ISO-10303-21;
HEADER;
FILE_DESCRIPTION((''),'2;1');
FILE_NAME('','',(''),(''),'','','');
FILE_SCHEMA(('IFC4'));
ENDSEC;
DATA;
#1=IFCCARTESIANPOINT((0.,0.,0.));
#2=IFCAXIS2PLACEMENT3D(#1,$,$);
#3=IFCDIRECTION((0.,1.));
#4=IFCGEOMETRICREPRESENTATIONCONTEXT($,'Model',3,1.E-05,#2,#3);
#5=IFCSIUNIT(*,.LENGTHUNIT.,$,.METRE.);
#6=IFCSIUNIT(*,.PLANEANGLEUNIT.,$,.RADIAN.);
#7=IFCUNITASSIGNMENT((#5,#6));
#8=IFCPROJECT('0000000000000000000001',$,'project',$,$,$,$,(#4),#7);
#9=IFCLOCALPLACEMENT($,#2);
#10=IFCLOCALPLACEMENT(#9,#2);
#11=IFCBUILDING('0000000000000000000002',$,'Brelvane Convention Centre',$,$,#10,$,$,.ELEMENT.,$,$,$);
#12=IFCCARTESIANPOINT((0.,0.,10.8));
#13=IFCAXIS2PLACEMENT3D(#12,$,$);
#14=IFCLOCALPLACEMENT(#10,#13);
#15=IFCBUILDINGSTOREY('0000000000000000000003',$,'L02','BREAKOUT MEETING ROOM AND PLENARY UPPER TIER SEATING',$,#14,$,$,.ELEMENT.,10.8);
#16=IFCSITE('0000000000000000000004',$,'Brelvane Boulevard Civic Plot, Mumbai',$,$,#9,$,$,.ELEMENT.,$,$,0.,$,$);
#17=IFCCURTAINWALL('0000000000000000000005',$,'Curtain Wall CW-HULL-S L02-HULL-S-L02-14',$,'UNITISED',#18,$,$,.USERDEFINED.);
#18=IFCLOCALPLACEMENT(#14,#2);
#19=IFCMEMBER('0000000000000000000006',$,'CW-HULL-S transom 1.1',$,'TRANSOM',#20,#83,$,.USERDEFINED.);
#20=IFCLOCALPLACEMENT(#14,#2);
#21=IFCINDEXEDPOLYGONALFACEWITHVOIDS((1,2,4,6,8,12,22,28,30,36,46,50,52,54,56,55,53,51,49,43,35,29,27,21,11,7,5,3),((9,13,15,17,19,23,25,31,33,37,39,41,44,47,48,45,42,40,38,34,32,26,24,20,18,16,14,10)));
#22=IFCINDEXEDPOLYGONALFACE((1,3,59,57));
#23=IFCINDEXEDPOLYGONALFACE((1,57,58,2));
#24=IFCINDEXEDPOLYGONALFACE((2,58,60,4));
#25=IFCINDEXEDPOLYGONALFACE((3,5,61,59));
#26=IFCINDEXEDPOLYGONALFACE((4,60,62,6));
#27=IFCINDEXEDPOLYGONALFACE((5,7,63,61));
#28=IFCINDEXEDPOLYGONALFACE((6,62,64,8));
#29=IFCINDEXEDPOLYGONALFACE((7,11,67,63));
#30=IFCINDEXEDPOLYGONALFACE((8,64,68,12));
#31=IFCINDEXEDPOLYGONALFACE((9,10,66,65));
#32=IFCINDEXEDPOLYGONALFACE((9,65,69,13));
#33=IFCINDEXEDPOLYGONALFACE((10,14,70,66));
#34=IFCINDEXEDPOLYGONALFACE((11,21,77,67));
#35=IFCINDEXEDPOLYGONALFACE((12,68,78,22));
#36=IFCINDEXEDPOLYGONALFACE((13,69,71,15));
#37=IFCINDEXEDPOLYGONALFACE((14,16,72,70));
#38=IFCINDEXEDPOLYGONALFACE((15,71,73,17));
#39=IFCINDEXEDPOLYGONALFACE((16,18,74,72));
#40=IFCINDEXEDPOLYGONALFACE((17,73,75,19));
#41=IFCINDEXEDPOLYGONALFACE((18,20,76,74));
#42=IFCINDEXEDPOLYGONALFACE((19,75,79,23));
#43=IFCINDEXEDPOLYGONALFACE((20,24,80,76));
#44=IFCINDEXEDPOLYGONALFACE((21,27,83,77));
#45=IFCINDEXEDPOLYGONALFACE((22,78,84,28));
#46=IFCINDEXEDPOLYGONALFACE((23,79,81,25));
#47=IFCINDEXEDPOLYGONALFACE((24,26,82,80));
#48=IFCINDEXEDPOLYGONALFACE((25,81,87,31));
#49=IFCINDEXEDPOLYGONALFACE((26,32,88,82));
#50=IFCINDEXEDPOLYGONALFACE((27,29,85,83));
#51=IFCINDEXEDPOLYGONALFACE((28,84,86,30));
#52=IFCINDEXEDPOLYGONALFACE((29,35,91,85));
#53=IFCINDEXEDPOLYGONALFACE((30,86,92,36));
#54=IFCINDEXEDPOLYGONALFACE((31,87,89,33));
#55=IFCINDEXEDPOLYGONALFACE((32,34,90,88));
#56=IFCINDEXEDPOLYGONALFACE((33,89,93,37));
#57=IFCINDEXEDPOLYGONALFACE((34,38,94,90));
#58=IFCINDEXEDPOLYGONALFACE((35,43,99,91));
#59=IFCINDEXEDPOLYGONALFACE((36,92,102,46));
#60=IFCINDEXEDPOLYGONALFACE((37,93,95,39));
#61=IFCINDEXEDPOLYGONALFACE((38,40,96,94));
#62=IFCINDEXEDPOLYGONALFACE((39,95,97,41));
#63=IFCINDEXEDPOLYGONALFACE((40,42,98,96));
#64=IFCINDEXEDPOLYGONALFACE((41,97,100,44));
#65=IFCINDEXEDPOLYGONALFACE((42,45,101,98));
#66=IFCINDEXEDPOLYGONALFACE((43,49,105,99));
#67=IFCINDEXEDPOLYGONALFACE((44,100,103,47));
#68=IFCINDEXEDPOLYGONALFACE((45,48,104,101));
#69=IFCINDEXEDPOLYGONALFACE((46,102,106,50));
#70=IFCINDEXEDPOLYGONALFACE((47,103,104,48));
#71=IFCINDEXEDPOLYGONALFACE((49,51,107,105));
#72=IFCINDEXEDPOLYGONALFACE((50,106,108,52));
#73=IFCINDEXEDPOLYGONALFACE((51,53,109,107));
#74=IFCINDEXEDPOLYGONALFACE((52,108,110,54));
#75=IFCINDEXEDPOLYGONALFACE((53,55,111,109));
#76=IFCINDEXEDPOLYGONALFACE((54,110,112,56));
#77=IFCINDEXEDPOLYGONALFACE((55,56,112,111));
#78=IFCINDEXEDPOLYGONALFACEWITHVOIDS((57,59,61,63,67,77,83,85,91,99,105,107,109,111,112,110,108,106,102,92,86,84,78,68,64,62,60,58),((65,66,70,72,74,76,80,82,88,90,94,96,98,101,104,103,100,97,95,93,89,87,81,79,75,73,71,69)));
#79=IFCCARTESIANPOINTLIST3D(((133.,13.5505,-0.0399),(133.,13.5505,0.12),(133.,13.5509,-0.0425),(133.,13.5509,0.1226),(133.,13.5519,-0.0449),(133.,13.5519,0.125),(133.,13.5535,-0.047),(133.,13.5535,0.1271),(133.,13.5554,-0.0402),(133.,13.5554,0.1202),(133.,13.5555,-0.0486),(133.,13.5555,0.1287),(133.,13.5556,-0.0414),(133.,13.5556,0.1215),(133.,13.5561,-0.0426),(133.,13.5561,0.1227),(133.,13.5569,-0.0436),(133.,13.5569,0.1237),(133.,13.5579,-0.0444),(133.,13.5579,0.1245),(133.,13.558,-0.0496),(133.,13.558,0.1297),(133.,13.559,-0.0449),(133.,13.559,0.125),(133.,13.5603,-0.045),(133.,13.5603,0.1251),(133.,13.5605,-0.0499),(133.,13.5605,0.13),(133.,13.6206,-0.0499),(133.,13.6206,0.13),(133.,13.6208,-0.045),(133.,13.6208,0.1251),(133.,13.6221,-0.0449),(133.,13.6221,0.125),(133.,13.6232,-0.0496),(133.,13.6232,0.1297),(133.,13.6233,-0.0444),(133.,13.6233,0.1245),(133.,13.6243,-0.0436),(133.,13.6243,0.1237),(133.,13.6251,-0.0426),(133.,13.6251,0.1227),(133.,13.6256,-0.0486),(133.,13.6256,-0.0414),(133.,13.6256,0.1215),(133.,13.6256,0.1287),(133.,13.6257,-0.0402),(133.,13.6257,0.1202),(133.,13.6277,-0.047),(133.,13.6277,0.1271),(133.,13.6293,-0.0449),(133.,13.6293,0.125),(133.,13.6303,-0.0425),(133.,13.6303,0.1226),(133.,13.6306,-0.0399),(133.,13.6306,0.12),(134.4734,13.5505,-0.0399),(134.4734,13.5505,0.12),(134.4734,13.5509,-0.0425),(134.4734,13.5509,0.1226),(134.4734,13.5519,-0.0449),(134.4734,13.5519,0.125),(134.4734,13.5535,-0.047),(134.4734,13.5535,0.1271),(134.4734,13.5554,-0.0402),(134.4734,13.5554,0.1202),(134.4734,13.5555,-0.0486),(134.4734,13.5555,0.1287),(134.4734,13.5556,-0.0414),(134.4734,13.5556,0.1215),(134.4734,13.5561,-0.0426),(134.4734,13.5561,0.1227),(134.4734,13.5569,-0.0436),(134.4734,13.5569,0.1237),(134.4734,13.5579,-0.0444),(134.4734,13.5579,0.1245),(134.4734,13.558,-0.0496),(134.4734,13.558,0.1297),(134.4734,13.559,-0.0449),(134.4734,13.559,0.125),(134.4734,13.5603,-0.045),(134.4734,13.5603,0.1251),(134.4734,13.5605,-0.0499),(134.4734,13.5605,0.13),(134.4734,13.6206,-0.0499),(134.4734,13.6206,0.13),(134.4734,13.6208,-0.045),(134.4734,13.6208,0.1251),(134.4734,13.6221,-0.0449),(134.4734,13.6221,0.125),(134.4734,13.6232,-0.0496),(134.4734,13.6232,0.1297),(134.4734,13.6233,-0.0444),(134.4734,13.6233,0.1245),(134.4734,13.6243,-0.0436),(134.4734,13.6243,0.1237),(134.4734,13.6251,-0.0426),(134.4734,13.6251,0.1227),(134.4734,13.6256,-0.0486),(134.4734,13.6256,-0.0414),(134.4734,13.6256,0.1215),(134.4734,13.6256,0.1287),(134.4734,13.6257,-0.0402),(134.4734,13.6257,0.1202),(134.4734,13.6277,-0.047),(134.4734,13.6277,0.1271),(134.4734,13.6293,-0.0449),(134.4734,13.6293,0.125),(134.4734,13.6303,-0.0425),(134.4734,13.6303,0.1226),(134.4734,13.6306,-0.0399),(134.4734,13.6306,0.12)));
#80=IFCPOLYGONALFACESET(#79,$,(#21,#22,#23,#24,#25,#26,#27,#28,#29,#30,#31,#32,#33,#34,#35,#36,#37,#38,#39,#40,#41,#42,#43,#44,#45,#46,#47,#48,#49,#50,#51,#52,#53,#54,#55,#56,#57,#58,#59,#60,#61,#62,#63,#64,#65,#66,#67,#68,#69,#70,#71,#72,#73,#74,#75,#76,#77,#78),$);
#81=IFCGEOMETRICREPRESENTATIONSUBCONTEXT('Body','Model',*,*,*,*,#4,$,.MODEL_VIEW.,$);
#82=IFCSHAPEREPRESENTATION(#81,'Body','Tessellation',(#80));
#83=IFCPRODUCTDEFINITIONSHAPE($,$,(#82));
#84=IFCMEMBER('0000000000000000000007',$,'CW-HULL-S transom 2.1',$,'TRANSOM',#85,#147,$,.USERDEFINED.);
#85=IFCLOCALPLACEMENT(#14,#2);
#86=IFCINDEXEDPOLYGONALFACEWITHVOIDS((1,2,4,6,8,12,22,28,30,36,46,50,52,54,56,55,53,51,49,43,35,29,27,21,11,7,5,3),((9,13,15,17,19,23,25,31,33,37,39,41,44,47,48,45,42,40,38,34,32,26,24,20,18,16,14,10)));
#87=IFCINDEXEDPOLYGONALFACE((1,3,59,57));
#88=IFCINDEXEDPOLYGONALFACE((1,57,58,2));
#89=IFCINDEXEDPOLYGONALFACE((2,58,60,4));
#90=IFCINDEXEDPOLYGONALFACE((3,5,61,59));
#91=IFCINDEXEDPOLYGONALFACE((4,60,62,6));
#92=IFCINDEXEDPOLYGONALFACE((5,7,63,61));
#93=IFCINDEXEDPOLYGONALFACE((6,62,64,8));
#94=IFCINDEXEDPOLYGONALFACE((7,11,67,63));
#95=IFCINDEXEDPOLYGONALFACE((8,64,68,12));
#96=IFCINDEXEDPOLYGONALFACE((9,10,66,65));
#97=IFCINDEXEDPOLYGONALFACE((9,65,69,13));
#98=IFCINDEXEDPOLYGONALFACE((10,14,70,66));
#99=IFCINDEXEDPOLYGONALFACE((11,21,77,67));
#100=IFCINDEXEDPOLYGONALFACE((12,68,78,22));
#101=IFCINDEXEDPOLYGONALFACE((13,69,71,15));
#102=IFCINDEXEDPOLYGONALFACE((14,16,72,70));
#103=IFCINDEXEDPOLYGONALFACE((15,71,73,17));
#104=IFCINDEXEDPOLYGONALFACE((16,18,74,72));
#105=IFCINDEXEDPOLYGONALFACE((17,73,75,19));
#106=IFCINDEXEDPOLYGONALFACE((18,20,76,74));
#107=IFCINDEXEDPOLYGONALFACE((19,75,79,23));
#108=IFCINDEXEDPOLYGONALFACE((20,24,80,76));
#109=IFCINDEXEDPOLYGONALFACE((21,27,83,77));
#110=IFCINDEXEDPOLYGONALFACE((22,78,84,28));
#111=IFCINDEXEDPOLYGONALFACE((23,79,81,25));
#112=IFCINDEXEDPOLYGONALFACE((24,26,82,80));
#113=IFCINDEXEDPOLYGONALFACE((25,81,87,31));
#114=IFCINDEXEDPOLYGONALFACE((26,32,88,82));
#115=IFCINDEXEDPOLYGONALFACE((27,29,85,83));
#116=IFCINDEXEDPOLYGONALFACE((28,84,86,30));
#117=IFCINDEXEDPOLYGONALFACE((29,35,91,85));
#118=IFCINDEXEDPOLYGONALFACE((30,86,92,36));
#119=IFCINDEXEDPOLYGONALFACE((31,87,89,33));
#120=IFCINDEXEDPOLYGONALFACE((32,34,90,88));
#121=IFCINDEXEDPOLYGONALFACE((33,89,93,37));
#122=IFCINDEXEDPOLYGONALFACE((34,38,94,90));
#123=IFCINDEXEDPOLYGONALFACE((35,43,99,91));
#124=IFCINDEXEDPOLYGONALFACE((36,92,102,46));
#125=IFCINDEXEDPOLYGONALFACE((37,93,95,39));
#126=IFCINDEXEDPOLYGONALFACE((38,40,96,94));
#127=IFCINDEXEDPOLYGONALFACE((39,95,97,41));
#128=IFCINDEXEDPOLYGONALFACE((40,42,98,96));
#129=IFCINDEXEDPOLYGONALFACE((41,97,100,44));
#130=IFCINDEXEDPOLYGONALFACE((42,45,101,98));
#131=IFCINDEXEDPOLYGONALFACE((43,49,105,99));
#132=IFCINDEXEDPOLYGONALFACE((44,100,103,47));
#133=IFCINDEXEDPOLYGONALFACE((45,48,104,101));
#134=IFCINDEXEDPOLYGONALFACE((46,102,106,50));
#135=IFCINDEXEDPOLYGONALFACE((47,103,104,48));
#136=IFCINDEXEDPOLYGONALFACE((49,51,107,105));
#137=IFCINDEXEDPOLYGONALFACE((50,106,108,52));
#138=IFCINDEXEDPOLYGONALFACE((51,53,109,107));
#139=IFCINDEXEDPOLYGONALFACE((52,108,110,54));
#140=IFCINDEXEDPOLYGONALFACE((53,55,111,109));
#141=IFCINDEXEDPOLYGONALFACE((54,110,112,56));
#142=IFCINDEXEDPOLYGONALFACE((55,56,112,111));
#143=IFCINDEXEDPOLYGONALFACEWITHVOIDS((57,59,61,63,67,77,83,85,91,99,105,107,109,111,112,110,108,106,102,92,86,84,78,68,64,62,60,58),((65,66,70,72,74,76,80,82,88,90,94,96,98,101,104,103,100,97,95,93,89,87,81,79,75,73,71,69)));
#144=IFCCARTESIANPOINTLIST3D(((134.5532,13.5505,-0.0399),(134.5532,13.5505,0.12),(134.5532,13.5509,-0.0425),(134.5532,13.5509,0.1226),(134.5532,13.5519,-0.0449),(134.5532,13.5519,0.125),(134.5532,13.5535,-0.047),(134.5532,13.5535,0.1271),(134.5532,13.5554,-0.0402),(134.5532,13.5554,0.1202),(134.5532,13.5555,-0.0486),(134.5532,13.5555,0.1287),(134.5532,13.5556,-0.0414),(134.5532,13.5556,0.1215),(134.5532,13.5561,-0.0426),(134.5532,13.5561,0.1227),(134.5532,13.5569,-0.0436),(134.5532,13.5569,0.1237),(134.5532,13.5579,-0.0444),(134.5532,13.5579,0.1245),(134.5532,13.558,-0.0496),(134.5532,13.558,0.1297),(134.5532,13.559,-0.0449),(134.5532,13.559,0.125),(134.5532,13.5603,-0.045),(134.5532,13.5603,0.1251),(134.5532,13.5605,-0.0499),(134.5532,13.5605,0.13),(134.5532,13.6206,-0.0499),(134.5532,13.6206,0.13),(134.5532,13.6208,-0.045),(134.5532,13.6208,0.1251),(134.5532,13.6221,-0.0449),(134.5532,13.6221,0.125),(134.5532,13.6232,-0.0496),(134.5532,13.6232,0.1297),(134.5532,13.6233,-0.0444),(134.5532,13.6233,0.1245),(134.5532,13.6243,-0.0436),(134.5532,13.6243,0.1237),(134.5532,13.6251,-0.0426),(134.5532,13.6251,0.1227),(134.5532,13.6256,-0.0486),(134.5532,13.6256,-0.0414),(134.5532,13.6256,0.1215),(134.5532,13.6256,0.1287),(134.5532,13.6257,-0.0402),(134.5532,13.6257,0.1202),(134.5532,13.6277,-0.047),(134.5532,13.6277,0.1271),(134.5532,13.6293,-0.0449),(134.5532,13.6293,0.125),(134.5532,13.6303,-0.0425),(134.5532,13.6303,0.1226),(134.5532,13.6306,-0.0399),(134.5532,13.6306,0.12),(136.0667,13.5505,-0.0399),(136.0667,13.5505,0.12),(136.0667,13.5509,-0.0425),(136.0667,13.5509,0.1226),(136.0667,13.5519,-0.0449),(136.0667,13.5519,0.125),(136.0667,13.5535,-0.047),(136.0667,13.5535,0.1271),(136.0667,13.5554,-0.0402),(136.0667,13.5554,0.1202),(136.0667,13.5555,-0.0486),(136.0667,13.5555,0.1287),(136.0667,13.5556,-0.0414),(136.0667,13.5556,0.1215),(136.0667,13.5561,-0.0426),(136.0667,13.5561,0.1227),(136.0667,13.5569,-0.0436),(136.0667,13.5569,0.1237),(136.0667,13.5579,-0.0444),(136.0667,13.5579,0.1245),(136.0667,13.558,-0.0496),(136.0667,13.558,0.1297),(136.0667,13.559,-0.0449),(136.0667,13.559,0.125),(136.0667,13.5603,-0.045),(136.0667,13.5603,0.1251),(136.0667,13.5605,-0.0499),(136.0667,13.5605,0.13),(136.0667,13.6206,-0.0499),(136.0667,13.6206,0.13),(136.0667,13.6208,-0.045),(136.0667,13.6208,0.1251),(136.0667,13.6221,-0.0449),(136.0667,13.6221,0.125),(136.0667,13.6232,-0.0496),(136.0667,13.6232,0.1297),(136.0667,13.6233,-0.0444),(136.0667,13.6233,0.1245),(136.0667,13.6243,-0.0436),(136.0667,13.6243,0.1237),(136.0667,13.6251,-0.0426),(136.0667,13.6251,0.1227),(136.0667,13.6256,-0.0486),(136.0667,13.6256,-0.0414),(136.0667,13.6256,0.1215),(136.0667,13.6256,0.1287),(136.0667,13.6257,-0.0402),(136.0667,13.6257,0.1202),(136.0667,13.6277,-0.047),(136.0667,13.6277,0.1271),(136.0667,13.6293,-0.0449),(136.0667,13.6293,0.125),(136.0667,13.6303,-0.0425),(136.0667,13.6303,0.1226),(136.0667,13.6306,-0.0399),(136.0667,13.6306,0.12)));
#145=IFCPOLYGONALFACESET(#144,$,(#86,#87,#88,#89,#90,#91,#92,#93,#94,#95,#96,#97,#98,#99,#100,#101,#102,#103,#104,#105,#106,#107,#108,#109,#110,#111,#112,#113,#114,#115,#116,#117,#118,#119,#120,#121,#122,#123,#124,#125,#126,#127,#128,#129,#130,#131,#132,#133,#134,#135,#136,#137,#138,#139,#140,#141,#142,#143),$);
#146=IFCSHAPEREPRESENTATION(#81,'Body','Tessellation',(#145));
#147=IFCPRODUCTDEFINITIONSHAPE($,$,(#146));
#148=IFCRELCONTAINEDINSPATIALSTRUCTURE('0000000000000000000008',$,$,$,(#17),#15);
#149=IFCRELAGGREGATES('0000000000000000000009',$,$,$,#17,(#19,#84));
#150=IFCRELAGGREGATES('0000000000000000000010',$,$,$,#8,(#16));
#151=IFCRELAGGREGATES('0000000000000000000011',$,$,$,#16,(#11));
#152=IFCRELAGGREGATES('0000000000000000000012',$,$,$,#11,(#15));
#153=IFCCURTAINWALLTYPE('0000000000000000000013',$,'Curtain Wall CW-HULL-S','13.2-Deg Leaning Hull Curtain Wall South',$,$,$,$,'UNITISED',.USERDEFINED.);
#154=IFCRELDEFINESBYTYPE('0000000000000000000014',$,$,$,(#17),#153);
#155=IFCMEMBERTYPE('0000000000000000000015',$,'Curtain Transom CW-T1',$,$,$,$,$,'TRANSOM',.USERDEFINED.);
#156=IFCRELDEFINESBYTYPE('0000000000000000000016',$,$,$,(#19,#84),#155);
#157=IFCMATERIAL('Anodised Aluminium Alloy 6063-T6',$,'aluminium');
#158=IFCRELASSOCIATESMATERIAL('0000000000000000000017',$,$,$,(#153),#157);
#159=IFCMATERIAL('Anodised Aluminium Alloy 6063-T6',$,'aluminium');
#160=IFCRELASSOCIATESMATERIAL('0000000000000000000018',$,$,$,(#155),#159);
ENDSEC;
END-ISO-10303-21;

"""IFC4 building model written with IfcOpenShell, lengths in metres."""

from ifc_helpers import new_model, si_unit, direction, frame, origin, origin_2d, place, context, subcontext, project, spatial, hollow_rectangle, extrude, material, material_profile, profile_set, type_object, element, aggregate, save


model = new_model("IFC4")

# Units and contexts
model_context = context("Model", 3, precision=1e-05, world=origin(), true_north=direction((0.0, 1.0)))
body_context = subcontext(model_context, "Body", "Model", "MODEL_VIEW")
ifc_project = project(units=[si_unit("LENGTHUNIT", "METRE"), si_unit("PLANEANGLEUNIT", "RADIAN")], contexts=[model_context])

# Site, building, storey
site_placement = place(None, origin())
site = spatial("IfcSite", under=ifc_project, at=site_placement, Name="Brelvane Boulevard Civic Plot, Mumbai", CompositionType="ELEMENT", RefElevation=0.0)
building_placement = place(site_placement, origin())
building = spatial("IfcBuilding", under=site, at=building_placement, Name="Brelvane Convention Centre", CompositionType="ELEMENT")
storey_placement = place(building_placement, frame((0.0, 0.0, 10.8)))
storey = spatial("IfcBuildingStorey", under=building, at=storey_placement, Name="L02", Description="BREAKOUT MEETING ROOM AND PLENARY UPPER TIER SEATING", CompositionType="ELEMENT", Elevation=10.8)

# Curtain wall
ifc_material_1 = material(Name="Anodised Aluminium Alloy 6063-T6", Category="aluminium")
curtain_wall_type = type_object("IfcCurtainWallType", Name="Curtain Wall CW-HULL-S", Description="13.2-Deg Leaning Hull Curtain Wall South", ElementType="UNITISED", PredefinedType="USERDEFINED", material=ifc_material_1)
curtain_wall_1_placement = place(storey_placement, origin())
curtain_wall_1 = element("IfcCurtainWall", 1, at=curtain_wall_1_placement, inside=storey, type_object=curtain_wall_type, Name="Curtain Wall CW-HULL-S L02-HULL-S-L02-14", ObjectType="UNITISED", PredefinedType="USERDEFINED")

# Members
ifc_material_2 = material(Name="Anodised Aluminium Alloy 6063-T6", Category="aluminium")
ifc_material_profile_1 = material_profile(ifc_material_2, hollow_rectangle(XDim=0.0801, YDim=0.1799, WallThickness=0.0049, InnerFilletRadius=0.0049, OuterFilletRadius=0.01, at=origin_2d()), Name="ALU-T 180x80x5.0")
ifc_profile_set_1 = profile_set([ifc_material_profile_1], Name="Anodised Aluminium Alloy 6063-T6")
member_type_1 = type_object("IfcMemberType", Name="Curtain Transom CW-T1", ElementType="TRANSOM", PredefinedType="USERDEFINED", material=ifc_profile_set_1)
member_1_placement = place(storey_placement, frame((133.0, 13.5906, 0.04), z_axis=(1.0, 0.0, 0.0), x_axis=(0.0, 1.0, 0.0)))
member_1 = element("IfcMember", 2, at=member_1_placement, type_object=member_type_1, Name="CW-HULL-S transom 1.1", ObjectType="TRANSOM", PredefinedType="USERDEFINED", context=body_context, shape_type="SweptSolid", body=[
    extrude(hollow_rectangle(XDim=0.0801, YDim=0.1799, WallThickness=0.0049, InnerFilletRadius=0.0049, OuterFilletRadius=0.01, at=origin_2d()), origin(), (0.0, 0.0, 1.0), 1.4734),
])
member_2_placement = place(storey_placement, frame((134.5532, 13.5906, 0.04), z_axis=(1.0, 0.0, 0.0), x_axis=(0.0, 1.0, 0.0)))
member_2 = element("IfcMember", 3, at=member_2_placement, type_object=member_type_1, Name="CW-HULL-S transom 2.1", ObjectType="TRANSOM", PredefinedType="USERDEFINED", context=body_context, shape_type="SweptSolid", body=[
    extrude(hollow_rectangle(XDim=0.0801, YDim=0.1799, WallThickness=0.0049, InnerFilletRadius=0.0049, OuterFilletRadius=0.01, at=origin_2d()), origin(), (0.0, 0.0, 1.0), 1.5134),
])
aggregate(curtain_wall_1, [member_1, member_2])

save(model, "model.ifc")
